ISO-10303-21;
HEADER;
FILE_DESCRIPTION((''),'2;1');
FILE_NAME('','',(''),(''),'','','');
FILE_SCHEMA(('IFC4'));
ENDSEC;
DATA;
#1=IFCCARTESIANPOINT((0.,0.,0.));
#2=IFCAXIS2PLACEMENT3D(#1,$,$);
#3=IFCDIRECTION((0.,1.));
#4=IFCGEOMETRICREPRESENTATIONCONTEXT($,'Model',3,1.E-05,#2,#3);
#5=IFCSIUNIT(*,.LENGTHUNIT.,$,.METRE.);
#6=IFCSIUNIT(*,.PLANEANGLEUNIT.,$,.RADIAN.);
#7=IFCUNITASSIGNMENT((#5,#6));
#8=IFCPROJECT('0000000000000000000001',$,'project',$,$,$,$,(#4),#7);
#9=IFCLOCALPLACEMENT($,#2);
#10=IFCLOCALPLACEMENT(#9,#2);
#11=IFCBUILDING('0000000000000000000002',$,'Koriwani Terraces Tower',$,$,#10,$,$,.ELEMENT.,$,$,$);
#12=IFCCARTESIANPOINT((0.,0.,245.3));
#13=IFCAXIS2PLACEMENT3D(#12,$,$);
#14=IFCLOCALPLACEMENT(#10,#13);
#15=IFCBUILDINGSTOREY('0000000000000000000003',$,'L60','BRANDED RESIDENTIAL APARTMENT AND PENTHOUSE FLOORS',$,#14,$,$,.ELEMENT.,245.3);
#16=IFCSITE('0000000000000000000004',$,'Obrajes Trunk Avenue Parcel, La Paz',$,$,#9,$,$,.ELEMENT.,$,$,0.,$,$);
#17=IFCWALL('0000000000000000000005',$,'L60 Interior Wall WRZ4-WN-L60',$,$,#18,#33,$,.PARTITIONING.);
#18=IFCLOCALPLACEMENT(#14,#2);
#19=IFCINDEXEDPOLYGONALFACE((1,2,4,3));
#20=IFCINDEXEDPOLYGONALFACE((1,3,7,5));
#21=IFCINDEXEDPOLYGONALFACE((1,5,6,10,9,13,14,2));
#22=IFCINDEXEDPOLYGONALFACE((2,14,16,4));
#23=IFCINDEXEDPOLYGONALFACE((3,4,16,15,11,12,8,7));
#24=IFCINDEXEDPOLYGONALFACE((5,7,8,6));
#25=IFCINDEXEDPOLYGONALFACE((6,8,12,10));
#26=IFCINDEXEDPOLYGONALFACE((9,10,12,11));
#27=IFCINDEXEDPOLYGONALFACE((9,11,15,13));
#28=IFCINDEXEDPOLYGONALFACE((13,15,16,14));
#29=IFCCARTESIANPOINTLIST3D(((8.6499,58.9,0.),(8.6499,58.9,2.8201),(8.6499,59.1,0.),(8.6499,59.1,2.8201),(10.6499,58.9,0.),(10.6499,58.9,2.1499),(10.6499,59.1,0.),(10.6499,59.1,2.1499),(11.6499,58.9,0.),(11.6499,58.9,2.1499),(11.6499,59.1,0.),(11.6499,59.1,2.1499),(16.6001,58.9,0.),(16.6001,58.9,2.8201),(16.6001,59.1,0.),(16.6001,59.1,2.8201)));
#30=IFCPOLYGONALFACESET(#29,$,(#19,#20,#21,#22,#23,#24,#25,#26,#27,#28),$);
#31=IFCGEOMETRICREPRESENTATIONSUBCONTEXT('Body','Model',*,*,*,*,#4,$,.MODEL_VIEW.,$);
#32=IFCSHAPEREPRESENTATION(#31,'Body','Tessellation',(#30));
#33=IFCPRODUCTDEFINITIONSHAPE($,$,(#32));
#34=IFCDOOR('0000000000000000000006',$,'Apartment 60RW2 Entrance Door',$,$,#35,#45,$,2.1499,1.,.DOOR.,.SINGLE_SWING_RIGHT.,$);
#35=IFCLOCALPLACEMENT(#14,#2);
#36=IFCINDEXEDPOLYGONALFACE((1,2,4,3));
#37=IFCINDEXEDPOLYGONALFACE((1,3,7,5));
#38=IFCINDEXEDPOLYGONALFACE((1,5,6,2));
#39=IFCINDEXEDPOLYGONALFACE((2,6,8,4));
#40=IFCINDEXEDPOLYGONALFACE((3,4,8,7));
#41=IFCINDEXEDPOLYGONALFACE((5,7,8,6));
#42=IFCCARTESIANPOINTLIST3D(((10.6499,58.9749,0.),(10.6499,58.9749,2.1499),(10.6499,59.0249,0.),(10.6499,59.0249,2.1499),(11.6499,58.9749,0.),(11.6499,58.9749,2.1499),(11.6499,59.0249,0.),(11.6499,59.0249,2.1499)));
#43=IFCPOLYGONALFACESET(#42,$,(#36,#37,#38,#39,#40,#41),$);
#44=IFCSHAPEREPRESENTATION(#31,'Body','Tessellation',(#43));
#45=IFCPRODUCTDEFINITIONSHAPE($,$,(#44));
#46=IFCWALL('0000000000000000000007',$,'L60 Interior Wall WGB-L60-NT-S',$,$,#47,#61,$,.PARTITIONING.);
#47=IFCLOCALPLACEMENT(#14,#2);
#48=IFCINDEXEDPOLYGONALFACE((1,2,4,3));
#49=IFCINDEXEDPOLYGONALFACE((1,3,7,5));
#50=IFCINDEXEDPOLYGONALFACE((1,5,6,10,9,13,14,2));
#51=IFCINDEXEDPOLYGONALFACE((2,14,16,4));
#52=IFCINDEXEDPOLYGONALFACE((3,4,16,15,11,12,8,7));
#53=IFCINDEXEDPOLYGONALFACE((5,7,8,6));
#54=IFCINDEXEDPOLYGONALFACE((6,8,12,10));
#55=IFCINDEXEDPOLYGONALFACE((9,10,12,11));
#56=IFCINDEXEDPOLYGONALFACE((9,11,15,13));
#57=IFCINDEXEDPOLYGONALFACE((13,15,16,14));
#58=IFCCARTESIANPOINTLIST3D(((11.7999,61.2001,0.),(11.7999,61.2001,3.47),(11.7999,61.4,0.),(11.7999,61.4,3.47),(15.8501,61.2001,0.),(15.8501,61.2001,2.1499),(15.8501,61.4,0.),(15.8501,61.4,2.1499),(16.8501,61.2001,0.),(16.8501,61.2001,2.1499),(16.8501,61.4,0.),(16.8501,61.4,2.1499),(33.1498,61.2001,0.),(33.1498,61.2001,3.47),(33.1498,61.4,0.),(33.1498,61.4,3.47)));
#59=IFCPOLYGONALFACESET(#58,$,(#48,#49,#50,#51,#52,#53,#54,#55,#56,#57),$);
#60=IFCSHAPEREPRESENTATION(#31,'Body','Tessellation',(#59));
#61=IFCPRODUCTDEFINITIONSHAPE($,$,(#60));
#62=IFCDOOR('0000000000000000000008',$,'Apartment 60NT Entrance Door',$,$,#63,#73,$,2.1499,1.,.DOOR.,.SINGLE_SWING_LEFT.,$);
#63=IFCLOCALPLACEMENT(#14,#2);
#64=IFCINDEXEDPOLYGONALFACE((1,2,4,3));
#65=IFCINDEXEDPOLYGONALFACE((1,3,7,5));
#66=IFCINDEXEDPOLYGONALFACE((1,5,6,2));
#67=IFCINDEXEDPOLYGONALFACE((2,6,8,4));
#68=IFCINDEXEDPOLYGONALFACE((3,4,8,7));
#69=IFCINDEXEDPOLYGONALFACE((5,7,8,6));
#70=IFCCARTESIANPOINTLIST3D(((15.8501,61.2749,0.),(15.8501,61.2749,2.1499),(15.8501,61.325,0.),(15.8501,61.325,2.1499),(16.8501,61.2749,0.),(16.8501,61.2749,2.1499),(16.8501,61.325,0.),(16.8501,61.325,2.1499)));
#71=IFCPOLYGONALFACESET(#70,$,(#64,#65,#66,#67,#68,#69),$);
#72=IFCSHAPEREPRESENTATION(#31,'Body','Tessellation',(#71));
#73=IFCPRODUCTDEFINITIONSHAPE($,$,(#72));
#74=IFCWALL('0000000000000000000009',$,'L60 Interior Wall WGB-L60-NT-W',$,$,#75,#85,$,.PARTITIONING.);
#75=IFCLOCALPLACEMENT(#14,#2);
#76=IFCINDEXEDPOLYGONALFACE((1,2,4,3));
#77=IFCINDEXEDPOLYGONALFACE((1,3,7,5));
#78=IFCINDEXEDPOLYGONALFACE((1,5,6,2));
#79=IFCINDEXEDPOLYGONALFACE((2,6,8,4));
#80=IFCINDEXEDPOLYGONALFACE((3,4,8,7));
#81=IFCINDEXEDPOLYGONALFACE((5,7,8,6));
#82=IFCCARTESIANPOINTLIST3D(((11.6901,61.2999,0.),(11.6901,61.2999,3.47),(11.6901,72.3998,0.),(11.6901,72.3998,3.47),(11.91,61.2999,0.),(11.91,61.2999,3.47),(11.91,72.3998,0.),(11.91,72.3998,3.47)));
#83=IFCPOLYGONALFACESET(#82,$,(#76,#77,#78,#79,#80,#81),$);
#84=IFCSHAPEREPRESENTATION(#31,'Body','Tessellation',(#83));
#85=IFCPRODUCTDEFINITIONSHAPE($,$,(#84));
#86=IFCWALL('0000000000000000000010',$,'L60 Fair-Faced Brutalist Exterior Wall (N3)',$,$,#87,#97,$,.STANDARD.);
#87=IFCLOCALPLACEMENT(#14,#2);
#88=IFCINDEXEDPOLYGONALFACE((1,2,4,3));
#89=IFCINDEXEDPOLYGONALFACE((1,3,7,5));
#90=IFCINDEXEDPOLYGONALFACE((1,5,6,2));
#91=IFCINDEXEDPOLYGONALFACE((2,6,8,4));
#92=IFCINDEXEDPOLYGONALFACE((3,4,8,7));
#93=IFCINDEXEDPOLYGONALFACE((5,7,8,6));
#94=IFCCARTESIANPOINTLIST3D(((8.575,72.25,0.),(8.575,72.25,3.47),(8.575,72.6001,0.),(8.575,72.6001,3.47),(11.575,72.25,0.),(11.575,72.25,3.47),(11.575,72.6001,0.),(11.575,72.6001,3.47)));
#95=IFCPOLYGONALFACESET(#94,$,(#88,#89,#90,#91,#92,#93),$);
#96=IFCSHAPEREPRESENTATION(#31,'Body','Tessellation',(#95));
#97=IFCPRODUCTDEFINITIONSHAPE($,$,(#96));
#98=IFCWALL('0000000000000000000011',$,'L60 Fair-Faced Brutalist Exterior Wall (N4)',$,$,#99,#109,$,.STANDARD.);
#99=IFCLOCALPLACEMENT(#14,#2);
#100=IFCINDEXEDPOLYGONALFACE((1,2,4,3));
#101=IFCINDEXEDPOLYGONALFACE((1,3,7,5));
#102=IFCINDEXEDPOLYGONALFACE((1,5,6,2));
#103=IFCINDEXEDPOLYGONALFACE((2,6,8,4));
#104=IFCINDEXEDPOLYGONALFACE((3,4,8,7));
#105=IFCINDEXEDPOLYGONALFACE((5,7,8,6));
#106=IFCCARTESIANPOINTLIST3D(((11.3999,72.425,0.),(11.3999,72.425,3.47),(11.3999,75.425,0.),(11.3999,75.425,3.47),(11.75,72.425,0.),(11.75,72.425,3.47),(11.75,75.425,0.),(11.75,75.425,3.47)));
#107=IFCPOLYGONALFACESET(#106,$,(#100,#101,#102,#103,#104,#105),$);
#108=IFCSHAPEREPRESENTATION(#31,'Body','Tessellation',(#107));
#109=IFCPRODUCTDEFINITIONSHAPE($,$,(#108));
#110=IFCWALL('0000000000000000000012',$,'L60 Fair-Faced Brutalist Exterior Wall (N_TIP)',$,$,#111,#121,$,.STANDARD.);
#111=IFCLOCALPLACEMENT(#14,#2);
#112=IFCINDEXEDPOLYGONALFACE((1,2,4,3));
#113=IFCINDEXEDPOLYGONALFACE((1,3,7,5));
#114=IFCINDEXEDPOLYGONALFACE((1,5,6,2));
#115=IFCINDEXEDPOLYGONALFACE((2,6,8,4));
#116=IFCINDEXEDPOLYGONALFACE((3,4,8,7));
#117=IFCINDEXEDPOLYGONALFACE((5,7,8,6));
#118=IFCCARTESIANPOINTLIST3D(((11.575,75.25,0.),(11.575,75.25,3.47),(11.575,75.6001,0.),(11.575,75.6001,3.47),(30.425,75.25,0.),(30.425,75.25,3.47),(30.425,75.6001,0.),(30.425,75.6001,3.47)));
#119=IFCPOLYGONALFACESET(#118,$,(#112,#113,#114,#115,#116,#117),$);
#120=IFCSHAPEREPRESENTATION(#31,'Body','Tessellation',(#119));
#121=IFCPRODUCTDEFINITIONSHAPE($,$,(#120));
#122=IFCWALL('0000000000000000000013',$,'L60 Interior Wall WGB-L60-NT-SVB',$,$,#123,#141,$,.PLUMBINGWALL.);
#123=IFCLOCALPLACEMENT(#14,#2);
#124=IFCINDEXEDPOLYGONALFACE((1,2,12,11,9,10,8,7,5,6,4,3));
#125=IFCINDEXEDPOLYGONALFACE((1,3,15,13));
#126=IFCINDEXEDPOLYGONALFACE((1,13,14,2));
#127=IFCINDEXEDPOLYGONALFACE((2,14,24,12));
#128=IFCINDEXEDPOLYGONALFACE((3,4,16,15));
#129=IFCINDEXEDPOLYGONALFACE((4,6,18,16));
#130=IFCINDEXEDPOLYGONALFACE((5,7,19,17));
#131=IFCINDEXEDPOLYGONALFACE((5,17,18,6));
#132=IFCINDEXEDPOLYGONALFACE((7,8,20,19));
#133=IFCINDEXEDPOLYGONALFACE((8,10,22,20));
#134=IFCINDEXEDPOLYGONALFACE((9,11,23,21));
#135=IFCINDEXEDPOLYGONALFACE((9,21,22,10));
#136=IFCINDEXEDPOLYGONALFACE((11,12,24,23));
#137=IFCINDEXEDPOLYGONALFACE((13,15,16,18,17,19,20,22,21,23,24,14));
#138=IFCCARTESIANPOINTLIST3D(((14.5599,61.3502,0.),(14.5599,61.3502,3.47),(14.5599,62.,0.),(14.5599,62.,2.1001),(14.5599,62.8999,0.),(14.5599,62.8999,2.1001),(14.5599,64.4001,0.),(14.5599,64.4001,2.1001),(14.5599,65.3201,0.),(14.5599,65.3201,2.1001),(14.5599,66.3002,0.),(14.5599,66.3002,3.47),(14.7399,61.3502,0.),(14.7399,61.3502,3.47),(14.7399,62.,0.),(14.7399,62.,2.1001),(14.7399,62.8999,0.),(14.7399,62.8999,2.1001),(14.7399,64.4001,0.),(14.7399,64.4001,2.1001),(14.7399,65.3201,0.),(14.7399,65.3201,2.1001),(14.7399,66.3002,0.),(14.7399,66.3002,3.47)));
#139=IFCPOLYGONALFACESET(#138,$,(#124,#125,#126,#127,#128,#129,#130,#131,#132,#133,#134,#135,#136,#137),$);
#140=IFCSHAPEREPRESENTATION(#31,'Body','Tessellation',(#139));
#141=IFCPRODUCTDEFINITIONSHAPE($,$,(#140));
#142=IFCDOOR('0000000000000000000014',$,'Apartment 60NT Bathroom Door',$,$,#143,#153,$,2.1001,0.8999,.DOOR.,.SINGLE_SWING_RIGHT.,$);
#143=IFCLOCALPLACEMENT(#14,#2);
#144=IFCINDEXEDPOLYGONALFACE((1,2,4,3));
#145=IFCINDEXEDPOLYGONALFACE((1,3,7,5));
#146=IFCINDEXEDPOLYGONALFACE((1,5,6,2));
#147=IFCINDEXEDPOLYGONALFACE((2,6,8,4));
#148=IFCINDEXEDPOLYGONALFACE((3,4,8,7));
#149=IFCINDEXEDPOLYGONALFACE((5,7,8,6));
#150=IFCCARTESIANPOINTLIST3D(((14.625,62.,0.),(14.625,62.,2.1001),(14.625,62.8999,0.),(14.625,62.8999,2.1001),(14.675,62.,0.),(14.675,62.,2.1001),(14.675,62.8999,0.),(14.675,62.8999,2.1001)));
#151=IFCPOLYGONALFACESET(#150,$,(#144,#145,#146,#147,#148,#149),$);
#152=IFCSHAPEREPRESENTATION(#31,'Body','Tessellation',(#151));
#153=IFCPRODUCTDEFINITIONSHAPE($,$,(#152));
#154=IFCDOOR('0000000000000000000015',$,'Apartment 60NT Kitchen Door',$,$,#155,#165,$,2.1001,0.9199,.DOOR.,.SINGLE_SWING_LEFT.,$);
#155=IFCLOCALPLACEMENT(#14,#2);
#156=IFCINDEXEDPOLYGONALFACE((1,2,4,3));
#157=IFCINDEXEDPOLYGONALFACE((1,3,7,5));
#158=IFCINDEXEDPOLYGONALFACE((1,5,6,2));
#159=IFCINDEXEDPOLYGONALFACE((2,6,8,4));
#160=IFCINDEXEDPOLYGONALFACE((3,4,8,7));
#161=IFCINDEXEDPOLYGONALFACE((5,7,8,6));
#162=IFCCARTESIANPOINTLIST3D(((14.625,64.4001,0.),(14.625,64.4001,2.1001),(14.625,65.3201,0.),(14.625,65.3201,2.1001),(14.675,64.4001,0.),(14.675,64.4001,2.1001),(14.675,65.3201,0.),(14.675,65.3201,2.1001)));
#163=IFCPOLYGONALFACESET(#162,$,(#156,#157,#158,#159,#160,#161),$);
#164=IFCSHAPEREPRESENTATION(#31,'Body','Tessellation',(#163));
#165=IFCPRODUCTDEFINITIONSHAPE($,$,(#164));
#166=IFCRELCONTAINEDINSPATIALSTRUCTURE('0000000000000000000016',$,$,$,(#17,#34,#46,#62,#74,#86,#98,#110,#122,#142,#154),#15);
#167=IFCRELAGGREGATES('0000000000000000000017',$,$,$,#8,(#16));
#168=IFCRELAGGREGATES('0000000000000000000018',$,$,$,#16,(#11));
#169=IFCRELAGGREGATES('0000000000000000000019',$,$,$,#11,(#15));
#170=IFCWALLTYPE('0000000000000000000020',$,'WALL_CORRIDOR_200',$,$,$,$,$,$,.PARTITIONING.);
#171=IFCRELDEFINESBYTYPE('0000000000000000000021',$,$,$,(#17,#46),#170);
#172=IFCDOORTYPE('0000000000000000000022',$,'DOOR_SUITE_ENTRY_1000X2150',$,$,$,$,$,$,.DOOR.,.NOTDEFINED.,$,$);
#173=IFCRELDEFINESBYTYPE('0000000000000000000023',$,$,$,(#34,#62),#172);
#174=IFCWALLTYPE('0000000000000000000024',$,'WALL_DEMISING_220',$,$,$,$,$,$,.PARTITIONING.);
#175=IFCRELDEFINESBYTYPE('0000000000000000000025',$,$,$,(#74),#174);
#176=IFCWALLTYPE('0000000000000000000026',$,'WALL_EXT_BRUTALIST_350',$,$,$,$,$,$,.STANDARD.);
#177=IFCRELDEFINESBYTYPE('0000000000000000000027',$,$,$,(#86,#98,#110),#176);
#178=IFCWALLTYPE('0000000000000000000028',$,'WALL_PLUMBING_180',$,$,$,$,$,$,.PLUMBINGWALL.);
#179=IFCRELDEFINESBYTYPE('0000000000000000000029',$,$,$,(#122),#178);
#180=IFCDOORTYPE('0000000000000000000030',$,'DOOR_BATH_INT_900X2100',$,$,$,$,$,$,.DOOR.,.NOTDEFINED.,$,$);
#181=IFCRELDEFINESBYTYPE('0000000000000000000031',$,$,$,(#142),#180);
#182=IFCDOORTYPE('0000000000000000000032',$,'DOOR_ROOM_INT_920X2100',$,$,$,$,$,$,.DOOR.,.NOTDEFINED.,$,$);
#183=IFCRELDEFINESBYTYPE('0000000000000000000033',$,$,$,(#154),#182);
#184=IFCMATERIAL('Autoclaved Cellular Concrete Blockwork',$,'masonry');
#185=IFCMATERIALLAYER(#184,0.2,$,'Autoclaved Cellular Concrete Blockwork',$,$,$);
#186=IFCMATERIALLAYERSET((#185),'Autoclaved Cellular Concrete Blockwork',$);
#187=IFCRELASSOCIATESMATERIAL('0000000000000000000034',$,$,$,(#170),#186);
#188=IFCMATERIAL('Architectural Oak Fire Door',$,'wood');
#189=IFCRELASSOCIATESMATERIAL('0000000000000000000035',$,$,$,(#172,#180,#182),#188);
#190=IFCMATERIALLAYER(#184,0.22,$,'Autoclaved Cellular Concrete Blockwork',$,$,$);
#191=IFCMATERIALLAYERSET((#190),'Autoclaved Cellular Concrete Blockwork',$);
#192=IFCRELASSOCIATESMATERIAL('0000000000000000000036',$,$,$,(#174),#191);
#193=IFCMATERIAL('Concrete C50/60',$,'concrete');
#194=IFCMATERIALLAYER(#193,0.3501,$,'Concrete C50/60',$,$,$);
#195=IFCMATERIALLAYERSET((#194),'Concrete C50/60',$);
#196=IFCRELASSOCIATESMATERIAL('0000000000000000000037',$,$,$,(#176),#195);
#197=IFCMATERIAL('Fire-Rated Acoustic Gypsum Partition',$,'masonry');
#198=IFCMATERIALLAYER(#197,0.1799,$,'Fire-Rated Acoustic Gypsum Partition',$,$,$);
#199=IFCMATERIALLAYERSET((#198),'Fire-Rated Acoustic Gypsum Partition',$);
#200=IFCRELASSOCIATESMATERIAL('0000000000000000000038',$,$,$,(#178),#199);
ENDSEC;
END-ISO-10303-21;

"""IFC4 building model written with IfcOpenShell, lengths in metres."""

from ifc_helpers import new_model, si_unit, direction, frame, frame_2d, origin, place, context, subcontext, project, spatial, rectangle, extrude, material, layer, layer_set, type_object, element, fill, save


model = new_model("IFC4")

# Units and contexts
model_context = context("Model", 3, precision=1e-05, world=origin(), true_north=direction((0.0, 1.0)))
body_context = subcontext(model_context, "Body", "Model", "MODEL_VIEW")
ifc_project = project(units=[si_unit("LENGTHUNIT", "METRE"), si_unit("PLANEANGLEUNIT", "RADIAN")], contexts=[model_context])

# Site, building, storey
site_placement = place(None, origin())
site = spatial("IfcSite", under=ifc_project, at=site_placement, Name="Obrajes Trunk Avenue Parcel, La Paz", CompositionType="ELEMENT", RefElevation=0.0)
building_placement = place(site_placement, origin())
building = spatial("IfcBuilding", under=site, at=building_placement, Name="Koriwani Terraces Tower", CompositionType="ELEMENT")
storey_placement = place(building_placement, frame((0.0, 0.0, 245.3)))
storey = spatial("IfcBuildingStorey", under=building, at=storey_placement, Name="L60", Description="BRANDED RESIDENTIAL APARTMENT AND PENTHOUSE FLOORS", CompositionType="ELEMENT", Elevation=245.3)

# Shared definitions
ifc_material_1 = material(Name="Concrete C50/60", Category="concrete")

# Walls, openings, doors
ifc_material_2 = material(Name="Autoclaved Cellular Concrete Blockwork", Category="masonry")
ifc_layer_1 = layer(ifc_material_2, 0.2, Name="Autoclaved Cellular Concrete Blockwork")
ifc_layer_set_1 = layer_set([ifc_layer_1], Name="Autoclaved Cellular Concrete Blockwork")
wall_type_1 = type_object("IfcWallType", Name="WALL_CORRIDOR_200", PredefinedType="PARTITIONING", material=ifc_layer_set_1)
wall_1_placement = place(storey_placement, frame((8.6499, 59.0, 0.0), z_axis=(0.0, 0.0, 1.0), x_axis=(1.0, 0.0, 0.0)))
wall_1 = element("IfcWall", 1, at=wall_1_placement, inside=storey, type_object=wall_type_1, Name="L60 Interior Wall WRZ4-WN-L60", PredefinedType="PARTITIONING", context=body_context, shape_type="SweptSolid", body=[
    extrude(rectangle(XDim=7.9502, YDim=0.2, at=frame_2d((3.9751, 0.0))), origin(), (0.0, 0.0, 1.0), 2.8201),
])
opening_1_placement = place(wall_1_placement, frame((2.0, 0.0, 0.0)))
opening_1 = element("IfcOpeningElement", 2, at=opening_1_placement, cuts=wall_1, PredefinedType="OPENING", context=body_context, shape_type="SweptSolid", body=[
    extrude(rectangle(XDim=1.0, YDim=2.1499, at=frame_2d((0.5, 1.075))), frame((0.0, 0.1099, 0.0), z_axis=(0.0, -1.0, 0.0), x_axis=(1.0, 0.0, 0.0)), (0.0, 0.0, 1.0), 0.22),
])
ifc_material_3 = material(Name="Architectural Oak Fire Door", Category="wood")
door_type_1 = type_object("IfcDoorType", Name="DOOR_SUITE_ENTRY_1000X2150", OperationType="NOTDEFINED", PredefinedType="DOOR", material=ifc_material_3)
door_1_placement = place(opening_1_placement, origin())
door_1 = element("IfcDoor", 3, at=door_1_placement, inside=storey, type_object=door_type_1, Name="Apartment 60RW2 Entrance Door", OperationType="SINGLE_SWING_RIGHT", OverallHeight=2.1499, OverallWidth=1.0, PredefinedType="DOOR", context=body_context, shape_type="SweptSolid", body=[
    extrude(rectangle(XDim=1.0, YDim=2.1499, at=frame_2d((0.5, 1.075))), frame((0.0, 0.0249, 0.0), z_axis=(0.0, -1.0, 0.0), x_axis=(1.0, 0.0, 0.0)), (0.0, 0.0, 1.0), 0.05),
])
fill(opening_1, door_1)
wall_2_placement = place(storey_placement, frame((11.8, 61.3, 0.0), z_axis=(0.0, 0.0, 1.0), x_axis=(1.0, 0.0, 0.0)))
wall_2 = element("IfcWall", 4, at=wall_2_placement, inside=storey, type_object=wall_type_1, Name="L60 Interior Wall WGB-L60-NT-S", PredefinedType="PARTITIONING", context=body_context, shape_type="SweptSolid", body=[
    extrude(rectangle(XDim=21.3499, YDim=0.2, at=frame_2d((10.6748, 0.0))), origin(), (0.0, 0.0, 1.0), 3.47),
])
opening_2_placement = place(wall_2_placement, frame((4.05, 0.0, 0.0)))
opening_2 = element("IfcOpeningElement", 5, at=opening_2_placement, cuts=wall_2, PredefinedType="OPENING", context=body_context, shape_type="SweptSolid", body=[
    extrude(rectangle(XDim=1.0, YDim=2.1499, at=frame_2d((0.5, 1.075))), frame((0.0, 0.1099, 0.0), z_axis=(0.0, -1.0, 0.0), x_axis=(1.0, 0.0, 0.0)), (0.0, 0.0, 1.0), 0.22),
])
door_2_placement = place(opening_2_placement, origin())
door_2 = element("IfcDoor", 6, at=door_2_placement, inside=storey, type_object=door_type_1, Name="Apartment 60NT Entrance Door", OperationType="SINGLE_SWING_LEFT", OverallHeight=2.1499, OverallWidth=1.0, PredefinedType="DOOR", context=body_context, shape_type="SweptSolid", body=[
    extrude(rectangle(XDim=1.0, YDim=2.1499, at=frame_2d((0.5, 1.075))), frame((0.0, 0.0249, 0.0), z_axis=(0.0, -1.0, 0.0), x_axis=(1.0, 0.0, 0.0)), (0.0, 0.0, 1.0), 0.05),
])
fill(opening_2, door_2)

# Walls
ifc_layer_2 = layer(ifc_material_2, 0.22, Name="Autoclaved Cellular Concrete Blockwork")
ifc_layer_set_2 = layer_set([ifc_layer_2], Name="Autoclaved Cellular Concrete Blockwork")
wall_type_2 = type_object("IfcWallType", Name="WALL_DEMISING_220", PredefinedType="PARTITIONING", material=ifc_layer_set_2)
wall_3_placement = place(storey_placement, frame((11.8, 61.3, 0.0), z_axis=(0.0, 0.0, 1.0), x_axis=(0.0, 1.0, 0.0)))
element("IfcWall", 7, at=wall_3_placement, inside=storey, type_object=wall_type_2, Name="L60 Interior Wall WGB-L60-NT-W", PredefinedType="PARTITIONING", context=body_context, shape_type="SweptSolid", body=[
    extrude(rectangle(XDim=11.0999, YDim=0.22, at=frame_2d((5.5498, 0.0))), origin(), (0.0, 0.0, 1.0), 3.47),
])
ifc_layer_3 = layer(ifc_material_1, 0.3501, Name="Concrete C50/60")
ifc_layer_set_3 = layer_set([ifc_layer_3], Name="Concrete C50/60")
wall_type_3 = type_object("IfcWallType", Name="WALL_EXT_BRUTALIST_350", PredefinedType="STANDARD", material=ifc_layer_set_3)
for number, where, z_axis, x_axis, name in (
    (8, (8.575, 72.425, 0.0), (0.0, 0.0, 1.0), (1.0, 0.0, 0.0), "L60 Fair-Faced Brutalist Exterior Wall (N3)"),
    (9, (11.575, 72.425, 0.0), (0.0, 0.0, 1.0), (0.0, 1.0, 0.0), "L60 Fair-Faced Brutalist Exterior Wall (N4)"),
):
    element("IfcWall", number, at=place(storey_placement, frame(where, z_axis=z_axis, x_axis=x_axis)), inside=storey, type_object=wall_type_3, Name=name, PredefinedType="STANDARD", context=body_context, shape_type="SweptSolid", body=[
        extrude(rectangle(XDim=3.0, YDim=0.3501, at=frame_2d((1.5, 0.0))), origin(), (0.0, 0.0, 1.0), 3.47),
    ])
wall_4_placement = place(storey_placement, frame((11.575, 75.425, 0.0), z_axis=(0.0, 0.0, 1.0), x_axis=(1.0, 0.0, 0.0)))
element("IfcWall", 10, at=wall_4_placement, inside=storey, type_object=wall_type_3, Name="L60 Fair-Faced Brutalist Exterior Wall (N_TIP)", PredefinedType="STANDARD", context=body_context, shape_type="SweptSolid", body=[
    extrude(rectangle(XDim=18.8501, YDim=0.3501, at=frame_2d((9.425, 0.0))), origin(), (0.0, 0.0, 1.0), 3.47),
])

# Wall, openings, doors
ifc_material_4 = material(Name="Fire-Rated Acoustic Gypsum Partition", Category="masonry")
ifc_layer_4 = layer(ifc_material_4, 0.1799, Name="Fire-Rated Acoustic Gypsum Partition")
ifc_layer_set_4 = layer_set([ifc_layer_4], Name="Fire-Rated Acoustic Gypsum Partition")
wall_type_4 = type_object("IfcWallType", Name="WALL_PLUMBING_180", PredefinedType="PLUMBINGWALL", material=ifc_layer_set_4)
wall_5_placement = place(storey_placement, frame((14.6499, 61.3501, 0.0), z_axis=(0.0, 0.0, 1.0), x_axis=(0.0, 1.0, 0.0)))
wall_5 = element("IfcWall", 11, at=wall_5_placement, inside=storey, type_object=wall_type_4, Name="L60 Interior Wall WGB-L60-NT-SVB", PredefinedType="PLUMBINGWALL", context=body_context, shape_type="SweptSolid", body=[
    extrude(rectangle(XDim=4.95, YDim=0.1799, at=frame_2d((2.4751, 0.0))), origin(), (0.0, 0.0, 1.0), 3.47),
])
opening_3_placement = place(wall_5_placement, frame((0.6499, 0.0, 0.0)))
opening_3 = element("IfcOpeningElement", 12, at=opening_3_placement, cuts=wall_5, PredefinedType="OPENING", context=body_context, shape_type="SweptSolid", body=[
    extrude(rectangle(XDim=0.8999, YDim=2.1001, at=frame_2d((0.45, 1.05))), frame((0.0, 0.1001, 0.0), z_axis=(0.0, -1.0, 0.0), x_axis=(1.0, 0.0, 0.0)), (0.0, 0.0, 1.0), 0.2),
])
opening_4_placement = place(wall_5_placement, frame((3.05, 0.0, 0.0)))
opening_4 = element("IfcOpeningElement", 13, at=opening_4_placement, cuts=wall_5, PredefinedType="OPENING", context=body_context, shape_type="SweptSolid", body=[
    extrude(rectangle(XDim=0.9199, YDim=2.1001, at=frame_2d((0.46, 1.05))), frame((0.0, 0.1001, 0.0), z_axis=(0.0, -1.0, 0.0), x_axis=(1.0, 0.0, 0.0)), (0.0, 0.0, 1.0), 0.2),
])
door_type_2 = type_object("IfcDoorType", Name="DOOR_BATH_INT_900X2100", OperationType="NOTDEFINED", PredefinedType="DOOR", material=ifc_material_3)
door_3_placement = place(opening_3_placement, origin())
door_3 = element("IfcDoor", 14, at=door_3_placement, inside=storey, type_object=door_type_2, Name="Apartment 60NT Bathroom Door", OperationType="SINGLE_SWING_RIGHT", OverallHeight=2.1001, OverallWidth=0.8999, PredefinedType="DOOR", context=body_context, shape_type="SweptSolid", body=[
    extrude(rectangle(XDim=0.8999, YDim=2.1001, at=frame_2d((0.45, 1.05))), frame((0.0, 0.0249, 0.0), z_axis=(0.0, -1.0, 0.0), x_axis=(1.0, 0.0, 0.0)), (0.0, 0.0, 1.0), 0.05),
])
fill(opening_3, door_3)
door_type_3 = type_object("IfcDoorType", Name="DOOR_ROOM_INT_920X2100", OperationType="NOTDEFINED", PredefinedType="DOOR", material=ifc_material_3)
door_4_placement = place(opening_4_placement, origin())
door_4 = element("IfcDoor", 15, at=door_4_placement, inside=storey, type_object=door_type_3, Name="Apartment 60NT Kitchen Door", OperationType="SINGLE_SWING_LEFT", OverallHeight=2.1001, OverallWidth=0.9199, PredefinedType="DOOR", context=body_context, shape_type="SweptSolid", body=[
    extrude(rectangle(XDim=0.9199, YDim=2.1001, at=frame_2d((0.46, 1.05))), frame((0.0, 0.0249, 0.0), z_axis=(0.0, -1.0, 0.0), x_axis=(1.0, 0.0, 0.0)), (0.0, 0.0, 1.0), 0.05),
])
fill(opening_4, door_4)

save(model, "model.ifc")
